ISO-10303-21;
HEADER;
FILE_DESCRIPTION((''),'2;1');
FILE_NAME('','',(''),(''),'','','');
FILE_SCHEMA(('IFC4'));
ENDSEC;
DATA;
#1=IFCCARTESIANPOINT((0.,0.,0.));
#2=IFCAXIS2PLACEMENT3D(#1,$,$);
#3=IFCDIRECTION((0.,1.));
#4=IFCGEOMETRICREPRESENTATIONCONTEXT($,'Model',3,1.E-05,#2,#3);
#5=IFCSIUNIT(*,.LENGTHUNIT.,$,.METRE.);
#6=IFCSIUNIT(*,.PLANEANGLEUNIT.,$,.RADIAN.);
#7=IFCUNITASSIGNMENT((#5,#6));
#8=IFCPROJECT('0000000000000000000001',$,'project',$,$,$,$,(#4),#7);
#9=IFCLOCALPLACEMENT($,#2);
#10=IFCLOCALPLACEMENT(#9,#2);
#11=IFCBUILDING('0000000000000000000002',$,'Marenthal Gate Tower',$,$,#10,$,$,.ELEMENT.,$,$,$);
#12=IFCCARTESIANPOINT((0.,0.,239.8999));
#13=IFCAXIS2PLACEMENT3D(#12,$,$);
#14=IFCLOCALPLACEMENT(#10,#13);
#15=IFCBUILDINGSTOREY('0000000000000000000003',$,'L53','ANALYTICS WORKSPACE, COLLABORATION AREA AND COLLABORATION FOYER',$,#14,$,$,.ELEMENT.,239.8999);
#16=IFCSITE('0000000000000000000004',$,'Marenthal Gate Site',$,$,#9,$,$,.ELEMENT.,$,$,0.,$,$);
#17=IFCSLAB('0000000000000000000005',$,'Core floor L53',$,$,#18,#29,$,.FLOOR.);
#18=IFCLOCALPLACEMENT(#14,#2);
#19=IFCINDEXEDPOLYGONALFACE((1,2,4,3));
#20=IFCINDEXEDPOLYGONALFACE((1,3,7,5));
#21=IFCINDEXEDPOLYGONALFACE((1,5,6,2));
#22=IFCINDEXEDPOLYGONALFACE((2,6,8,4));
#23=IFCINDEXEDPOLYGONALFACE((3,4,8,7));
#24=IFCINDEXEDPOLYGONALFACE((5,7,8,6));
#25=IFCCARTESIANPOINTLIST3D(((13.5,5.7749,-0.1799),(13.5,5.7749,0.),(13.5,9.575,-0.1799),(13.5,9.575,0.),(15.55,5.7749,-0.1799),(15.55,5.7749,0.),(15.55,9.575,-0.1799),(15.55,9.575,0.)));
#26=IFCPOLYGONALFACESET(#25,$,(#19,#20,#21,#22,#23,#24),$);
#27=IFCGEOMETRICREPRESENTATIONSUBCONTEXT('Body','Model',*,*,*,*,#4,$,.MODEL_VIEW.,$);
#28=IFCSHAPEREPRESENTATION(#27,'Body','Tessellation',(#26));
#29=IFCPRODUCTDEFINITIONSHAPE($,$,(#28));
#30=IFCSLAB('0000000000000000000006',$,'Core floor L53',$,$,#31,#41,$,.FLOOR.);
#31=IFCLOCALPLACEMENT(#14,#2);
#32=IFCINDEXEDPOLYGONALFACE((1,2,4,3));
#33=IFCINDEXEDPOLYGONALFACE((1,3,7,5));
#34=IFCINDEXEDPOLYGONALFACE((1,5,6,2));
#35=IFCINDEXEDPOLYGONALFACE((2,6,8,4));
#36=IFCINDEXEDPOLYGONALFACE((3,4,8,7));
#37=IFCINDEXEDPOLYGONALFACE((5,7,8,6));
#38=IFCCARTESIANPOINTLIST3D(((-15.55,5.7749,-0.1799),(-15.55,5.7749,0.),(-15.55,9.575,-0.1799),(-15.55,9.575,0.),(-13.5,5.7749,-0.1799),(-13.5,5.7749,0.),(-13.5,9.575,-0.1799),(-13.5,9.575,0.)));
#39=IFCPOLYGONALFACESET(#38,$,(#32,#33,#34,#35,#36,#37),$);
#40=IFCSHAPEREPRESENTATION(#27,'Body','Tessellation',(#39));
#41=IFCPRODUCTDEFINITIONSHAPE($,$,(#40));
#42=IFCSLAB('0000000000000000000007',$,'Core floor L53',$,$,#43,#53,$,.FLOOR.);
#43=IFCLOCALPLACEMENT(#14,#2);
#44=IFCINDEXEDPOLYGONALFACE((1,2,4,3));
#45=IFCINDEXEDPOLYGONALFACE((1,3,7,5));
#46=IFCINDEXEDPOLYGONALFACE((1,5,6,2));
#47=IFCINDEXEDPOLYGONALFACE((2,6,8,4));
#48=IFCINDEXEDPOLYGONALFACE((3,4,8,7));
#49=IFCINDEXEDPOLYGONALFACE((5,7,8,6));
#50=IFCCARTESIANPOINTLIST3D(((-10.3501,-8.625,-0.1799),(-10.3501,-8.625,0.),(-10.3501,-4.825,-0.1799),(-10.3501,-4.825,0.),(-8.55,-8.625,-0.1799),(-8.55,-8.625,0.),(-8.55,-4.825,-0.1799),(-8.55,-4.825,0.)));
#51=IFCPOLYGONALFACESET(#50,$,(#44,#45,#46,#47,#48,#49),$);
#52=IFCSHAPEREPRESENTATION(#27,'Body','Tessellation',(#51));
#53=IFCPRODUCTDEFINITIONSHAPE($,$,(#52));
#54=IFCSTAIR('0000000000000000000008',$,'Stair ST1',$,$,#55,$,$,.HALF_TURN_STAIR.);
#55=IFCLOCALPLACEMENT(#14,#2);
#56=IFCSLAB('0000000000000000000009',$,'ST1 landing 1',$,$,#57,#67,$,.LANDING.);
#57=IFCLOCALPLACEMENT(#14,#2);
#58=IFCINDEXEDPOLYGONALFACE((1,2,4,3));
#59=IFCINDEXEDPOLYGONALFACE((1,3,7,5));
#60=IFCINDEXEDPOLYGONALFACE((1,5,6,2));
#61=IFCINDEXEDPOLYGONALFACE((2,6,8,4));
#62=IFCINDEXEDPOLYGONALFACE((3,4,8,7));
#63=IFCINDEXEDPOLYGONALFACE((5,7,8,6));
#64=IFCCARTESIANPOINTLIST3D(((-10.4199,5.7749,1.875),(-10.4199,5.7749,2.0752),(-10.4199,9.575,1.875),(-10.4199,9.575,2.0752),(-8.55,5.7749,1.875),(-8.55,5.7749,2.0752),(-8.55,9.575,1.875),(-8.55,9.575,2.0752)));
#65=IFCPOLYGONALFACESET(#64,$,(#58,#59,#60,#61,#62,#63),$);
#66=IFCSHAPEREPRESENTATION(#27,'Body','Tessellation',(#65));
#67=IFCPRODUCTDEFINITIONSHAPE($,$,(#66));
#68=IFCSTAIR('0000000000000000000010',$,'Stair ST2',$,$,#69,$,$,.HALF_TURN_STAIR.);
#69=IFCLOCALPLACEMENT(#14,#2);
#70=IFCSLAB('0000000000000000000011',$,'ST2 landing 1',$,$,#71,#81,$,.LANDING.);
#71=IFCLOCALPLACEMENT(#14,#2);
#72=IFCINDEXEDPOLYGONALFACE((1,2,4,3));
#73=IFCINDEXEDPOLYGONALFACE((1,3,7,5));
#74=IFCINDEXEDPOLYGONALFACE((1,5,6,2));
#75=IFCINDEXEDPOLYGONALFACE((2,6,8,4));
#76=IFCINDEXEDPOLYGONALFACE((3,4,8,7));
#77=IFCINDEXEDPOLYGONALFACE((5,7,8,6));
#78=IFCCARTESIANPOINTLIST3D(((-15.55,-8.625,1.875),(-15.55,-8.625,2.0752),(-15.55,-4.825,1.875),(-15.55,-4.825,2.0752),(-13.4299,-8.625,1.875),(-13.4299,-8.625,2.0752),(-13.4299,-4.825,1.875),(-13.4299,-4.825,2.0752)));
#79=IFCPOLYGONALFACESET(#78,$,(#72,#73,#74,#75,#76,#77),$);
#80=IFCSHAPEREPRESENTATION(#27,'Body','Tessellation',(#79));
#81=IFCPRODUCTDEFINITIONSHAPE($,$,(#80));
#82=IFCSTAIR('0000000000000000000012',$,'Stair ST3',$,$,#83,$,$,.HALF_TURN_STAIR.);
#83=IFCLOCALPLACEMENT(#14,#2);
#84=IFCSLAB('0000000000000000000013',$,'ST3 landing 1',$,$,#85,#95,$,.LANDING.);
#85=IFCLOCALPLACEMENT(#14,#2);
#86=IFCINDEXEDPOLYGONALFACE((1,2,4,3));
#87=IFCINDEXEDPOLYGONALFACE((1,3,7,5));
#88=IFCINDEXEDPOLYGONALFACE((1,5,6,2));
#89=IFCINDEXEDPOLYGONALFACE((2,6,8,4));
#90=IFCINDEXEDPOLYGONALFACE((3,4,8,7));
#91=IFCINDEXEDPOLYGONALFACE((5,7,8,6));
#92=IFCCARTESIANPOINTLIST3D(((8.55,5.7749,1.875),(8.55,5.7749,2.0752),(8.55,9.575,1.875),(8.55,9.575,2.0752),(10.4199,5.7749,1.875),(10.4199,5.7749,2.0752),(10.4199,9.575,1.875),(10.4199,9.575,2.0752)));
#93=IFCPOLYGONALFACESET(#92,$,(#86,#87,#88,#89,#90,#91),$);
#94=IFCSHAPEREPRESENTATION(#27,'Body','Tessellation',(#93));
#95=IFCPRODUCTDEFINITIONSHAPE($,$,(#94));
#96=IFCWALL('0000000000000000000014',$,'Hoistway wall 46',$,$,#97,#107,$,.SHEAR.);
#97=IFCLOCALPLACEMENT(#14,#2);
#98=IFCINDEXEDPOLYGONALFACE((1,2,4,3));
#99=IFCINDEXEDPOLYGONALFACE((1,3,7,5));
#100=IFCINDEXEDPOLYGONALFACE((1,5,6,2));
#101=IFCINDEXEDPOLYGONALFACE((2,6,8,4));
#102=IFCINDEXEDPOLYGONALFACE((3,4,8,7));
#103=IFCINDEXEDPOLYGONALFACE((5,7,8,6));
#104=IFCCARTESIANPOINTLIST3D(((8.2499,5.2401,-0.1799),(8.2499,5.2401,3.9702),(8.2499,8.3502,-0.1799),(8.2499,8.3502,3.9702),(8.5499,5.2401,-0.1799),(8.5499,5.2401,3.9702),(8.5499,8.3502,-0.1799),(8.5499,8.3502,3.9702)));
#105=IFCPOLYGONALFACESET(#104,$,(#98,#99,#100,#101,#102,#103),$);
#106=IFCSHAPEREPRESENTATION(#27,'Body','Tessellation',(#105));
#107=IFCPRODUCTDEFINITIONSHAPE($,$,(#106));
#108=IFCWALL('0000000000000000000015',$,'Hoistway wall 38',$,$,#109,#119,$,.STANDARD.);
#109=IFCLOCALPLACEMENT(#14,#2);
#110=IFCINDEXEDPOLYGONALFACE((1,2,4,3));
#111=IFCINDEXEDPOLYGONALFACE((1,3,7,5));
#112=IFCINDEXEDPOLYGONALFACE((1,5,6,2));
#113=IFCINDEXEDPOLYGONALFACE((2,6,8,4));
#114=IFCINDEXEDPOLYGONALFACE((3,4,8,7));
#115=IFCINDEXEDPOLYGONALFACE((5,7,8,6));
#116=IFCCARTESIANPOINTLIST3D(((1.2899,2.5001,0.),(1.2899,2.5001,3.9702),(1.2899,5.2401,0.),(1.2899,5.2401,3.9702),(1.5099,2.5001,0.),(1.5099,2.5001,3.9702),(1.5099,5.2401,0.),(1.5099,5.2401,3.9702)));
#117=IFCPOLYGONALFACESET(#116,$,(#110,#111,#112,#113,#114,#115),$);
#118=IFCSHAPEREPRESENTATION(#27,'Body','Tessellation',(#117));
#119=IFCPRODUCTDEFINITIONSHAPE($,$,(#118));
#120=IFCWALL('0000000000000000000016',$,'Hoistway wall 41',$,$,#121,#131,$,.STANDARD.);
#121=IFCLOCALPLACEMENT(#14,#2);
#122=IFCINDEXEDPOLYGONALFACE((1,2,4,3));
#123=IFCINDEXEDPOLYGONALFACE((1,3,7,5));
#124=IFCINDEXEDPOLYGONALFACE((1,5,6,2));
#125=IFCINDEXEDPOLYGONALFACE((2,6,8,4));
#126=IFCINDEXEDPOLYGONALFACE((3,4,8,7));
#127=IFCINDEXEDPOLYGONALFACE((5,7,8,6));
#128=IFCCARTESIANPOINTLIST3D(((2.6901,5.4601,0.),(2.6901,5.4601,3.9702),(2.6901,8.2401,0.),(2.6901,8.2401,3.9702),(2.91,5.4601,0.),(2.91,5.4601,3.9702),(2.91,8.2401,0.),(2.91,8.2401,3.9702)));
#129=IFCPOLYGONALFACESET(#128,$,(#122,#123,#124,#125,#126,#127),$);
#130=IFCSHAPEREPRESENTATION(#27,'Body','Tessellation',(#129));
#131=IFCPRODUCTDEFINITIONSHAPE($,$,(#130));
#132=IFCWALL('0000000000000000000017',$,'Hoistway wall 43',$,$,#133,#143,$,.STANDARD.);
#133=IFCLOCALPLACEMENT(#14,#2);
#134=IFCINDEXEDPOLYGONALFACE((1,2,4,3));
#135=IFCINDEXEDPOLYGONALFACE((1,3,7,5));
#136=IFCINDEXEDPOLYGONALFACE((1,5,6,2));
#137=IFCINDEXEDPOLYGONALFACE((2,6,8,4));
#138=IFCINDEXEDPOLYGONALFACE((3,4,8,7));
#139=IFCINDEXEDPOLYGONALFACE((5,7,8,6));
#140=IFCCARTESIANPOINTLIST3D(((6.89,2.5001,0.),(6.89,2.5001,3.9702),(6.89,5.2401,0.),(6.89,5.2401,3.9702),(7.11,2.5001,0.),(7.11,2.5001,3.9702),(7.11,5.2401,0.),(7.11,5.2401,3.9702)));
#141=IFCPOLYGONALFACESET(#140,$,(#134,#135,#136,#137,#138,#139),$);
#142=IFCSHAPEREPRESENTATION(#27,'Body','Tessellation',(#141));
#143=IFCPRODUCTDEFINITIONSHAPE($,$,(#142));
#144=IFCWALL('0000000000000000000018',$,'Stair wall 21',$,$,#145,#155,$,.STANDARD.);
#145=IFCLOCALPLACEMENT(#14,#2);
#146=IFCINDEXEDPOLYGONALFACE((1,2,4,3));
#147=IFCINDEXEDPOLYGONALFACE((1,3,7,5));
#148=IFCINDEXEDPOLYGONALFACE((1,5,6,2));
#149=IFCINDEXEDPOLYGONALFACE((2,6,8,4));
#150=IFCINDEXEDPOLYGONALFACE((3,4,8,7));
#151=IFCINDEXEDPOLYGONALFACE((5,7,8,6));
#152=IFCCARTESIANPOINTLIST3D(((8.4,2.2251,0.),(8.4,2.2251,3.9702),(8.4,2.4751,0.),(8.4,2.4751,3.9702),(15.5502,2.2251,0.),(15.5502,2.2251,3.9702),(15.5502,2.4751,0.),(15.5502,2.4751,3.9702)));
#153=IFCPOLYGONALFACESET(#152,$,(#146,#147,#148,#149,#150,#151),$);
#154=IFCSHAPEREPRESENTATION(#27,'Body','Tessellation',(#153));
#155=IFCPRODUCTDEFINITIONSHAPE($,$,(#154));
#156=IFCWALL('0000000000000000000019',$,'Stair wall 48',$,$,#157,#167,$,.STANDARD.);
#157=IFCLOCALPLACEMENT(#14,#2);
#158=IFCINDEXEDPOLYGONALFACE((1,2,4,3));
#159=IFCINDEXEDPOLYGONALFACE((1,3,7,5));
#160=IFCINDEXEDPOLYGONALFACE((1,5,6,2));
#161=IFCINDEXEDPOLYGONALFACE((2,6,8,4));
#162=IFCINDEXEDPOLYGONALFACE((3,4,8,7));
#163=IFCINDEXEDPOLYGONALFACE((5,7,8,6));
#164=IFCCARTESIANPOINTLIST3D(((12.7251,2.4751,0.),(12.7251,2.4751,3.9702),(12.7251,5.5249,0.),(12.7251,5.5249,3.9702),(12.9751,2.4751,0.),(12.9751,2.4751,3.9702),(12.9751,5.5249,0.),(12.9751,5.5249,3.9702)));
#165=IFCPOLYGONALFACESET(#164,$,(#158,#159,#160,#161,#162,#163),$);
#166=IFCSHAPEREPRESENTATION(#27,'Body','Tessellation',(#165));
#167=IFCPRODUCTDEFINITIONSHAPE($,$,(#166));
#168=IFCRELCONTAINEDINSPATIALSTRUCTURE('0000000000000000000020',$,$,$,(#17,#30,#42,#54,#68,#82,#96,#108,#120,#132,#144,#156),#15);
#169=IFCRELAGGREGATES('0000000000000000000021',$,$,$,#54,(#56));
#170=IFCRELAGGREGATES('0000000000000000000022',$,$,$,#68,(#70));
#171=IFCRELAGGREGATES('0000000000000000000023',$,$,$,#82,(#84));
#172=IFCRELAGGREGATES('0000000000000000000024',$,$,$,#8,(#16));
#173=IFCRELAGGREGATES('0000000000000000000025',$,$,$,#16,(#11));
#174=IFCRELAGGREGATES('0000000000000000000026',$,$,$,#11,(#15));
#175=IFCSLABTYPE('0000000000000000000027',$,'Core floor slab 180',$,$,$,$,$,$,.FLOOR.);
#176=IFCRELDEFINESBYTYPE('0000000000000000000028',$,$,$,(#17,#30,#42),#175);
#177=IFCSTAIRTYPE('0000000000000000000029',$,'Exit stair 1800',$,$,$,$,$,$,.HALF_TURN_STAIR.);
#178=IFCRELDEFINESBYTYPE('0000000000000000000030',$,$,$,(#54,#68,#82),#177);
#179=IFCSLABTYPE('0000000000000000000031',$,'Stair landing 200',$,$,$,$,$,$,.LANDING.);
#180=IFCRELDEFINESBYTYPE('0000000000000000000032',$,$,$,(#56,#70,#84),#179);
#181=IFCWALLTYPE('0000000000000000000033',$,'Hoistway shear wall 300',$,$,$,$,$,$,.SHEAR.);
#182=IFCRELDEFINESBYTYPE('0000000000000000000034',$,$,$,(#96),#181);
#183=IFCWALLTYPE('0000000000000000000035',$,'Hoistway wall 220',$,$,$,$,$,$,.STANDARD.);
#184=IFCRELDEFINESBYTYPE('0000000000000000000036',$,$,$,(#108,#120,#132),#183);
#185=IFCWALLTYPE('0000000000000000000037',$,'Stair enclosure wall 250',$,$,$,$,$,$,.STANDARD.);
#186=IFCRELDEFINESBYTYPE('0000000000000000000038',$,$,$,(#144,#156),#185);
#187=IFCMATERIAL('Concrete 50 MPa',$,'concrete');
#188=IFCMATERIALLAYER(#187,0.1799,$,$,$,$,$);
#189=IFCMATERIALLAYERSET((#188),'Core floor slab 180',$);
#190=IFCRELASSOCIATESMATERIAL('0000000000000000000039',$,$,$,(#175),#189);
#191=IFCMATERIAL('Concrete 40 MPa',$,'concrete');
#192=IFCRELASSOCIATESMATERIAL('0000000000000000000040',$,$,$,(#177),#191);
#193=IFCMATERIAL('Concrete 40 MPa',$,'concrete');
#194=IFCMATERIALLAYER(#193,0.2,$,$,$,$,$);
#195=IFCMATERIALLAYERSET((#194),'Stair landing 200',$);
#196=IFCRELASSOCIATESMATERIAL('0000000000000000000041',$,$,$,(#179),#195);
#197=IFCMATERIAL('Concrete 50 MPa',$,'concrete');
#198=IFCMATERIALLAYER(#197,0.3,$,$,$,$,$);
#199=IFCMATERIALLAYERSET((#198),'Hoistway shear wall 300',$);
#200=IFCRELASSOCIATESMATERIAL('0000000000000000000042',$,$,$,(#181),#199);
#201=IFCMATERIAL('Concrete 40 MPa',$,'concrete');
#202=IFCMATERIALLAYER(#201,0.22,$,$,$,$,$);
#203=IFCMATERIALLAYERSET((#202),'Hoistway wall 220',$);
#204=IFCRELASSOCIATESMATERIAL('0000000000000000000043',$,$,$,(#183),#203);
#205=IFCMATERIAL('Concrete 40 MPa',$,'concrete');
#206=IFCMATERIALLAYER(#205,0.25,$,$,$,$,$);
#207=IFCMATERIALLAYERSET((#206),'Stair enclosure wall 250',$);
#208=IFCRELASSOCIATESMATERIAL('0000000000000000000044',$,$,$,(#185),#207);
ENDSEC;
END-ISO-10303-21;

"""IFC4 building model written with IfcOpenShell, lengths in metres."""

from ifc_helpers import new_model, si_unit, direction, frame, frame_2d, origin, place, context, subcontext, project, spatial, polyline, rectangle, outline, extrude, material, layer, layer_set, type_object, element, aggregate, save


model = new_model("IFC4")

# Units and contexts
model_context = context("Model", 3, precision=1e-05, world=origin(), true_north=direction((0.0, 1.0)))
body_context = subcontext(model_context, "Body", "Model", "MODEL_VIEW")
ifc_project = project(units=[si_unit("LENGTHUNIT", "METRE"), si_unit("PLANEANGLEUNIT", "RADIAN")], contexts=[model_context])

# Site, building, storey
site_placement = place(None, origin())
site = spatial("IfcSite", under=ifc_project, at=site_placement, Name="Marenthal Gate Site", CompositionType="ELEMENT", RefElevation=0.0)
building_placement = place(site_placement, origin())
building = spatial("IfcBuilding", under=site, at=building_placement, Name="Marenthal Gate Tower", CompositionType="ELEMENT")
storey_placement = place(building_placement, frame((0.0, 0.0, 239.8999)))
storey = spatial("IfcBuildingStorey", under=building, at=storey_placement, Name="L53", Description="ANALYTICS WORKSPACE, COLLABORATION AREA AND COLLABORATION FOYER", CompositionType="ELEMENT", Elevation=239.8999)

# Slabs
ifc_material_1 = material(Name="Concrete 50 MPa", Category="concrete")
ifc_layer_1 = layer(ifc_material_1, 0.1799)
ifc_layer_set_1 = layer_set([ifc_layer_1], Name="Core floor slab 180")
slab_type_1 = type_object("IfcSlabType", Name="Core floor slab 180", PredefinedType="FLOOR", material=ifc_layer_set_1)
slab_1_placement = place(storey_placement, frame((0.0, 0.0, -0.1799)))
element("IfcSlab", 1, at=slab_1_placement, inside=storey, type_object=slab_type_1, Name="Core floor L53", PredefinedType="FLOOR", context=body_context, shape_type="SweptSolid", body=[
    extrude(outline(polyline([(15.55, 5.7749), (13.5, 5.7749), (13.5, 9.575), (15.55, 9.575), (15.55, 5.7749)])), origin(), (0.0, 0.0, 1.0), 0.1799),
])
slab_2_placement = place(storey_placement, frame((0.0, 0.0, -0.1799)))
element("IfcSlab", 2, at=slab_2_placement, inside=storey, type_object=slab_type_1, Name="Core floor L53", PredefinedType="FLOOR", context=body_context, shape_type="SweptSolid", body=[
    extrude(outline(polyline([(-15.55, 9.575), (-13.5, 9.575), (-13.5, 5.7749), (-15.55, 5.7749), (-15.55, 9.575)])), origin(), (0.0, 0.0, 1.0), 0.1799),
])
slab_3_placement = place(storey_placement, frame((0.0, 0.0, -0.1799)))
element("IfcSlab", 3, at=slab_3_placement, inside=storey, type_object=slab_type_1, Name="Core floor L53", PredefinedType="FLOOR", context=body_context, shape_type="SweptSolid", body=[
    extrude(outline(polyline([(-8.55, -8.625), (-10.3501, -8.625), (-10.3501, -4.825), (-8.55, -4.825), (-8.55, -8.625)])), origin(), (0.0, 0.0, 1.0), 0.1799),
])

# Stairs, slabs
ifc_material_2 = material(Name="Concrete 40 MPa", Category="concrete")
stair_type = type_object("IfcStairType", Name="Exit stair 1800", PredefinedType="HALF_TURN_STAIR", material=ifc_material_2)
stair_1_placement = place(storey_placement, origin())
stair_1 = element("IfcStair", 4, at=stair_1_placement, inside=storey, type_object=stair_type, Name="Stair ST1", PredefinedType="HALF_TURN_STAIR")
ifc_material_3 = material(Name="Concrete 40 MPa", Category="concrete")
ifc_layer_2 = layer(ifc_material_3, 0.2)
ifc_layer_set_2 = layer_set([ifc_layer_2], Name="Stair landing 200")
slab_type_2 = type_object("IfcSlabType", Name="Stair landing 200", PredefinedType="LANDING", material=ifc_layer_set_2)
slab_4_placement = place(storey_placement, frame((0.0, 0.0, 1.875)))
slab_4 = element("IfcSlab", 5, at=slab_4_placement, type_object=slab_type_2, Name="ST1 landing 1", PredefinedType="LANDING", context=body_context, shape_type="SweptSolid", body=[
    extrude(outline(polyline([(-10.4199, 5.7749), (-8.55, 5.7749), (-8.55, 9.575), (-10.4199, 9.575), (-10.4199, 5.7749)])), origin(), (0.0, 0.0, 1.0), 0.2002),
])
aggregate(stair_1, [slab_4])
stair_2_placement = place(storey_placement, origin())
stair_2 = element("IfcStair", 6, at=stair_2_placement, inside=storey, type_object=stair_type, Name="Stair ST2", PredefinedType="HALF_TURN_STAIR")
slab_5_placement = place(storey_placement, frame((0.0, 0.0, 1.875)))
slab_5 = element("IfcSlab", 7, at=slab_5_placement, type_object=slab_type_2, Name="ST2 landing 1", PredefinedType="LANDING", context=body_context, shape_type="SweptSolid", body=[
    extrude(outline(polyline([(-15.55, -8.625), (-13.4299, -8.625), (-13.4299, -4.825), (-15.55, -4.825), (-15.55, -8.625)])), origin(), (0.0, 0.0, 1.0), 0.2002),
])
aggregate(stair_2, [slab_5])
stair_3_placement = place(storey_placement, origin())
stair_3 = element("IfcStair", 8, at=stair_3_placement, inside=storey, type_object=stair_type, Name="Stair ST3", PredefinedType="HALF_TURN_STAIR")
slab_6_placement = place(storey_placement, frame((0.0, 0.0, 1.875)))
slab_6 = element("IfcSlab", 9, at=slab_6_placement, type_object=slab_type_2, Name="ST3 landing 1", PredefinedType="LANDING", context=body_context, shape_type="SweptSolid", body=[
    extrude(outline(polyline([(8.55, 5.7749), (10.4199, 5.7749), (10.4199, 9.575), (8.55, 9.575), (8.55, 5.7749)])), origin(), (0.0, 0.0, 1.0), 0.2002),
])

# Walls
ifc_material_4 = material(Name="Concrete 50 MPa", Category="concrete")
ifc_layer_3 = layer(ifc_material_4, 0.3)
ifc_layer_set_3 = layer_set([ifc_layer_3], Name="Hoistway shear wall 300")
wall_type_1 = type_object("IfcWallType", Name="Hoistway shear wall 300", PredefinedType="SHEAR", material=ifc_layer_set_3)
wall_1_placement = place(storey_placement, frame((8.3999, 5.24, -0.1799), z_axis=(0.0, 0.0, 1.0), x_axis=(0.0, 1.0, 0.0)))
element("IfcWall", 10, at=wall_1_placement, inside=storey, type_object=wall_type_1, Name="Hoistway wall 46", PredefinedType="SHEAR", context=body_context, shape_type="SweptSolid", body=[
    extrude(rectangle(XDim=3.1101, YDim=0.3, at=frame_2d((1.5552, 0.0))), origin(), (0.0, 0.0, 1.0), 4.1501),
])
ifc_material_5 = material(Name="Concrete 40 MPa", Category="concrete")
ifc_layer_4 = layer(ifc_material_5, 0.22)
ifc_layer_set_4 = layer_set([ifc_layer_4], Name="Hoistway wall 220")
wall_type_2 = type_object("IfcWallType", Name="Hoistway wall 220", PredefinedType="STANDARD", material=ifc_layer_set_4)
wall_2_placement = place(storey_placement, frame((1.3999, 2.5, 0.0), z_axis=(0.0, 0.0, 1.0), x_axis=(0.0, 1.0, 0.0)))
element("IfcWall", 11, at=wall_2_placement, inside=storey, type_object=wall_type_2, Name="Hoistway wall 38", PredefinedType="STANDARD", context=body_context, shape_type="SweptSolid", body=[
    extrude(rectangle(XDim=2.74, YDim=0.22, at=frame_2d((1.3701, 0.0))), origin(), (0.0, 0.0, 1.0), 3.9702),
])
wall_3_placement = place(storey_placement, frame((2.8, 5.46, 0.0), z_axis=(0.0, 0.0, 1.0), x_axis=(0.0, 1.0, 0.0)))
element("IfcWall", 12, at=wall_3_placement, inside=storey, type_object=wall_type_2, Name="Hoistway wall 41", PredefinedType="STANDARD", context=body_context, shape_type="SweptSolid", body=[
    extrude(rectangle(XDim=2.78, YDim=0.22, at=frame_2d((1.3901, 0.0))), origin(), (0.0, 0.0, 1.0), 3.9702),
])
wall_4_placement = place(storey_placement, frame((7.0, 2.5, 0.0), z_axis=(0.0, 0.0, 1.0), x_axis=(0.0, 1.0, 0.0)))
element("IfcWall", 13, at=wall_4_placement, inside=storey, type_object=wall_type_2, Name="Hoistway wall 43", PredefinedType="STANDARD", context=body_context, shape_type="SweptSolid", body=[
    extrude(rectangle(XDim=2.74, YDim=0.22, at=frame_2d((1.3701, 0.0))), origin(), (0.0, 0.0, 1.0), 3.9702),
])
ifc_material_6 = material(Name="Concrete 40 MPa", Category="concrete")
ifc_layer_5 = layer(ifc_material_6, 0.25)
ifc_layer_set_5 = layer_set([ifc_layer_5], Name="Stair enclosure wall 250")
wall_type_3 = type_object("IfcWallType", Name="Stair enclosure wall 250", PredefinedType="STANDARD", material=ifc_layer_set_5)
wall_5_placement = place(storey_placement, frame((8.3999, 2.3501, 0.0), z_axis=(0.0, 0.0, 1.0), x_axis=(1.0, 0.0, 0.0)))
element("IfcWall", 14, at=wall_5_placement, inside=storey, type_object=wall_type_3, Name="Stair wall 21", PredefinedType="STANDARD", context=body_context, shape_type="SweptSolid", body=[
    extrude(rectangle(XDim=7.1501, YDim=0.25, at=frame_2d((3.5752, 0.0))), origin(), (0.0, 0.0, 1.0), 3.9702),
])
wall_6_placement = place(storey_placement, frame((12.8501, 2.4751, 0.0), z_axis=(0.0, 0.0, 1.0), x_axis=(0.0, 1.0, 0.0)))
element("IfcWall", 15, at=wall_6_placement, inside=storey, type_object=wall_type_3, Name="Stair wall 48", PredefinedType="STANDARD", context=body_context, shape_type="SweptSolid", body=[
    extrude(rectangle(XDim=3.0498, YDim=0.25, at=frame_2d((1.5249, 0.0))), origin(), (0.0, 0.0, 1.0), 3.9702),
])

aggregate(stair_3, [slab_6])

save(model, "model.ifc")
